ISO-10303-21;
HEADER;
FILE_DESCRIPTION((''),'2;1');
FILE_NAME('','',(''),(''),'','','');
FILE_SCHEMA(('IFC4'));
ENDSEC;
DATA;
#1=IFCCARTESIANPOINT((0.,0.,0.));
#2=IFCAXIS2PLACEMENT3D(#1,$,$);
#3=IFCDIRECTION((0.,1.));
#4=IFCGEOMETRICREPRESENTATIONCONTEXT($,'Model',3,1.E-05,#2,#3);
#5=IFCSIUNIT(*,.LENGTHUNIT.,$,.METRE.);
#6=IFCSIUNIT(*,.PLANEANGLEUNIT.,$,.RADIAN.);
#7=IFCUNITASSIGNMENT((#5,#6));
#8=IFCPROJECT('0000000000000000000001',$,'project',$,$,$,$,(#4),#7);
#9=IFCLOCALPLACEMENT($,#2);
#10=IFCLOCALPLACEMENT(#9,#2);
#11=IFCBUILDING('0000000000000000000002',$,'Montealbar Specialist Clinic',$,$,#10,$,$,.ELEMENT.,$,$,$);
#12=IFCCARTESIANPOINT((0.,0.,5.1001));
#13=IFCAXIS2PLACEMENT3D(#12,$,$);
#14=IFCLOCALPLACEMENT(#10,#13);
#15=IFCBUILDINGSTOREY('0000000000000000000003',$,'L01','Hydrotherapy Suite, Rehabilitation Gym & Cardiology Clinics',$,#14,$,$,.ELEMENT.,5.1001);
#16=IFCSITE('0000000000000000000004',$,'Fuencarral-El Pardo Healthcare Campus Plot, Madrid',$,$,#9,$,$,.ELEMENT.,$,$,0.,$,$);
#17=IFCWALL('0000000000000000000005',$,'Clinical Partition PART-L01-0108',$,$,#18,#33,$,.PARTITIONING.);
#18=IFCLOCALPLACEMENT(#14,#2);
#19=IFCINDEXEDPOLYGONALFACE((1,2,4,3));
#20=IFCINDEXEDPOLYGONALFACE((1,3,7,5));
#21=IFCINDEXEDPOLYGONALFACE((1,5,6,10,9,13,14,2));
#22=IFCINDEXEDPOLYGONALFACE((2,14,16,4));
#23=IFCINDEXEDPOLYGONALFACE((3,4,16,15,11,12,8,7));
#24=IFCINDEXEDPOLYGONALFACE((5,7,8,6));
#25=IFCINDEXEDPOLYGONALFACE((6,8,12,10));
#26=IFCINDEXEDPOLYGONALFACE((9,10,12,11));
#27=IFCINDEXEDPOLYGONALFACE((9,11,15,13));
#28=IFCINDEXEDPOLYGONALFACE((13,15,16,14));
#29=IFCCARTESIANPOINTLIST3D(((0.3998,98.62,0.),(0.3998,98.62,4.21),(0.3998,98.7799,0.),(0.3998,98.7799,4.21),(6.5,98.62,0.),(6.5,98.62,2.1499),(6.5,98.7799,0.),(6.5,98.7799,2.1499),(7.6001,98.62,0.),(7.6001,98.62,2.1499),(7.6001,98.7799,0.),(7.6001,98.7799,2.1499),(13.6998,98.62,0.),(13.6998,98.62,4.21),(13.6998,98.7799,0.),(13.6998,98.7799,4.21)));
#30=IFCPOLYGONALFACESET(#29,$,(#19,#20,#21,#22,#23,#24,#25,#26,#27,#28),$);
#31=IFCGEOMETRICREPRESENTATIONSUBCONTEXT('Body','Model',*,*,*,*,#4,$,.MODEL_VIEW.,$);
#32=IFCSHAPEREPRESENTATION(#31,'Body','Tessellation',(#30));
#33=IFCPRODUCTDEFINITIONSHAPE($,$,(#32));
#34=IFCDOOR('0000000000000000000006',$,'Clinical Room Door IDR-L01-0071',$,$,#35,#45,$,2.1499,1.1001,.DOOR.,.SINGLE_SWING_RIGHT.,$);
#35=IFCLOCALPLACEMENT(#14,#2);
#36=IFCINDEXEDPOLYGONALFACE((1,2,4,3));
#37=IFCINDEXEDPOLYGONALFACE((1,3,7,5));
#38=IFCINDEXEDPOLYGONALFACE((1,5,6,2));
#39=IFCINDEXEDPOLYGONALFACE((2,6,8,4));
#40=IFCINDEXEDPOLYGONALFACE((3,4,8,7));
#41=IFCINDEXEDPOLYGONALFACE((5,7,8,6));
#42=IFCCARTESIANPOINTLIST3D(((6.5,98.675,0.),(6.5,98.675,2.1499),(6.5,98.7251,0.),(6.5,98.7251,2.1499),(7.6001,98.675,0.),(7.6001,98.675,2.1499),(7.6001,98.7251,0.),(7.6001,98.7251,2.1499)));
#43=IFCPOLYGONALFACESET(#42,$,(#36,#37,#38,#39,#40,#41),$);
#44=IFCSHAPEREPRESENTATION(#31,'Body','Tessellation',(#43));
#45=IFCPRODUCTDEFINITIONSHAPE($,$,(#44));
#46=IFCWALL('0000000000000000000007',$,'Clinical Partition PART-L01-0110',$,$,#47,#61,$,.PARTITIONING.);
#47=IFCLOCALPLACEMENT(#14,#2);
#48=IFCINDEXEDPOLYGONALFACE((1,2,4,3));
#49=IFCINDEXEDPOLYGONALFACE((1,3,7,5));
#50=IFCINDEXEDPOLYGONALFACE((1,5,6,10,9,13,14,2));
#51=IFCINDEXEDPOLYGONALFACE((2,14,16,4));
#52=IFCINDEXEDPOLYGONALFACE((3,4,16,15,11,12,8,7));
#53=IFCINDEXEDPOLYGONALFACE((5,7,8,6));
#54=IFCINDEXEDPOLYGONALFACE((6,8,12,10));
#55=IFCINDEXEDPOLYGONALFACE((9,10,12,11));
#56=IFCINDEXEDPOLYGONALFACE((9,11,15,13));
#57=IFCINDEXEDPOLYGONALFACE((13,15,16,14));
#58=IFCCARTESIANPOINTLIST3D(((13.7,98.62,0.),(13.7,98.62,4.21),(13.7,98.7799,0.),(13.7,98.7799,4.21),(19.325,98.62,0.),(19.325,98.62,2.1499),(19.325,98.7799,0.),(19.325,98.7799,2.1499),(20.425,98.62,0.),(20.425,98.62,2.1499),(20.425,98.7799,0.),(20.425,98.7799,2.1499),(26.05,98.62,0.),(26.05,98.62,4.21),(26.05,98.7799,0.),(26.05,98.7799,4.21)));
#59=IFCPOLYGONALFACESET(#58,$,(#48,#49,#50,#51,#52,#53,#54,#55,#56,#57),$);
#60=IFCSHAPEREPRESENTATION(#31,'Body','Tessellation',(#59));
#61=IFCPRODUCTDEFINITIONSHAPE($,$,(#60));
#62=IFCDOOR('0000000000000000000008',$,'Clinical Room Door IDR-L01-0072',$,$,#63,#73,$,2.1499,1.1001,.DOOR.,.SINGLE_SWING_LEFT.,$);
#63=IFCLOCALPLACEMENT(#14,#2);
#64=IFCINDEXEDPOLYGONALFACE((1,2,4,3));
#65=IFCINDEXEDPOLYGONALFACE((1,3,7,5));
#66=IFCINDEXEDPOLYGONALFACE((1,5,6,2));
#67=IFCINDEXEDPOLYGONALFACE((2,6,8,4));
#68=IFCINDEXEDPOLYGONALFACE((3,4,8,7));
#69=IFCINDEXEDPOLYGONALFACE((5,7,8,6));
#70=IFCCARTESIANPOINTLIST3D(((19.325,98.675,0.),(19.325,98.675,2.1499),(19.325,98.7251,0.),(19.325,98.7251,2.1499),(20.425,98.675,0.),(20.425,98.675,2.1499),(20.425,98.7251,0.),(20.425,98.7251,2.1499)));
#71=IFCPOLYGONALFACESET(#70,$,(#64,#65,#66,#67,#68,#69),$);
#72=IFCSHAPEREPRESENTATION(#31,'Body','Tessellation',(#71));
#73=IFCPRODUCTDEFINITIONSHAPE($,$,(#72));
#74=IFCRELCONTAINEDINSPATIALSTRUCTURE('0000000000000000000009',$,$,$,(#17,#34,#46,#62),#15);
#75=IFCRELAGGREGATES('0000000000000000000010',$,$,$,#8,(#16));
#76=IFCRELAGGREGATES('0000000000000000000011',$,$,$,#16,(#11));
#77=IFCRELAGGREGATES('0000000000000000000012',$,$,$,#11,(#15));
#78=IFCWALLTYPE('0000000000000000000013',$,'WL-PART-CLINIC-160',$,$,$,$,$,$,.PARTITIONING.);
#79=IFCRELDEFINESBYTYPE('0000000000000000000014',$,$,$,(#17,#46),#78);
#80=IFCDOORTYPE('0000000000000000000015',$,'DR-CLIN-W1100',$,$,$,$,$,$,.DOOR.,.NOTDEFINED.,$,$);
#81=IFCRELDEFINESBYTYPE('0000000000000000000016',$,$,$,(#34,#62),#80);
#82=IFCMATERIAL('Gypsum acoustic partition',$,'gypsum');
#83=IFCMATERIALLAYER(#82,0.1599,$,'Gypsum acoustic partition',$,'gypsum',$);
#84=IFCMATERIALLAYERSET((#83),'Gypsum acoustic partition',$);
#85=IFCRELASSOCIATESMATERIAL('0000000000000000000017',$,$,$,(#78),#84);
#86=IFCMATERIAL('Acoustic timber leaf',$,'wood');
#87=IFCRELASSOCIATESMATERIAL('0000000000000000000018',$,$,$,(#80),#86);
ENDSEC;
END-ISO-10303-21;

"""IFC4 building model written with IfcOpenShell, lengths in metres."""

from ifc_helpers import new_model, si_unit, direction, frame, frame_2d, origin, place, context, subcontext, project, spatial, rectangle, extrude, material, layer, layer_set, type_object, element, fill, save


model = new_model("IFC4")

# Units and contexts
model_context = context("Model", 3, precision=1e-05, world=origin(), true_north=direction((0.0, 1.0)))
body_context = subcontext(model_context, "Body", "Model", "MODEL_VIEW")
ifc_project = project(units=[si_unit("LENGTHUNIT", "METRE"), si_unit("PLANEANGLEUNIT", "RADIAN")], contexts=[model_context])

# Site, building, storey
site_placement = place(None, origin())
site = spatial("IfcSite", under=ifc_project, at=site_placement, Name="Fuencarral-El Pardo Healthcare Campus Plot, Madrid", CompositionType="ELEMENT", RefElevation=0.0)
building_placement = place(site_placement, origin())
building = spatial("IfcBuilding", under=site, at=building_placement, Name="Montealbar Specialist Clinic", CompositionType="ELEMENT")
storey_placement = place(building_placement, frame((0.0, 0.0, 5.1001)))
storey = spatial("IfcBuildingStorey", under=building, at=storey_placement, Name="L01", Description="Hydrotherapy Suite, Rehabilitation Gym & Cardiology Clinics", CompositionType="ELEMENT", Elevation=5.1001)

# Shared definitions
ifc_material_1 = material(Name="Gypsum acoustic partition", Category="gypsum")

# Walls, openings, doors
ifc_layer_1 = layer(ifc_material_1, 0.1599, Name="Gypsum acoustic partition", Category="gypsum")
ifc_layer_set_1 = layer_set([ifc_layer_1], Name="Gypsum acoustic partition")
wall_type_1 = type_object("IfcWallType", Name="WL-PART-CLINIC-160", PredefinedType="PARTITIONING", material=ifc_layer_set_1)
ifc_material_2 = material(Name="Acoustic timber leaf", Category="wood")
wall_1_placement = place(storey_placement, frame((0.3999, 98.7, 0.0), z_axis=(0.0, 0.0, 1.0), x_axis=(1.0, 0.0, 0.0)))
wall_1 = element("IfcWall", 1, at=wall_1_placement, inside=storey, type_object=wall_type_1, Name="Clinical Partition PART-L01-0108", PredefinedType="PARTITIONING", context=body_context, shape_type="SweptSolid", body=[
    extrude(rectangle(XDim=13.3, YDim=0.1599, at=frame_2d((6.6499, 0.0))), origin(), (0.0, 0.0, 1.0), 4.21),
])
opening_1_placement = place(wall_1_placement, frame((6.1001, 0.0, 0.0)))
opening_1 = element("IfcOpeningElement", 2, at=opening_1_placement, cuts=wall_1, PredefinedType="OPENING", context=body_context, shape_type="SweptSolid", body=[
    extrude(rectangle(XDim=1.1001, YDim=2.1499, at=frame_2d((0.55, 1.075))), frame((0.0, 0.0898, 0.0), z_axis=(0.0, -1.0, 0.0), x_axis=(1.0, 0.0, 0.0)), (0.0, 0.0, 1.0), 0.1799),
])
door_type_1 = type_object("IfcDoorType", Name="DR-CLIN-W1100", OperationType="NOTDEFINED", PredefinedType="DOOR", material=ifc_material_2)
door_1_placement = place(opening_1_placement, frame((1.1001, 0.0, 0.0), z_axis=(0.0, 0.0, 1.0), x_axis=(-1.0, 0.0, 0.0)))
door_1 = element("IfcDoor", 3, at=door_1_placement, inside=storey, type_object=door_type_1, Name="Clinical Room Door IDR-L01-0071", OperationType="SINGLE_SWING_RIGHT", OverallHeight=2.1499, OverallWidth=1.1001, PredefinedType="DOOR", context=body_context, shape_type="SweptSolid", body=[
    extrude(rectangle(XDim=1.1001, YDim=2.1499, at=frame_2d((0.55, 1.075))), frame((0.0, 0.0249, 0.0), z_axis=(0.0, -1.0, 0.0), x_axis=(1.0, 0.0, 0.0)), (0.0, 0.0, 1.0), 0.05),
])
fill(opening_1, door_1)
wall_2_placement = place(storey_placement, frame((13.7, 98.7, 0.0), z_axis=(0.0, 0.0, 1.0), x_axis=(1.0, 0.0, 0.0)))
wall_2 = element("IfcWall", 4, at=wall_2_placement, inside=storey, type_object=wall_type_1, Name="Clinical Partition PART-L01-0110", PredefinedType="PARTITIONING", context=body_context, shape_type="SweptSolid", body=[
    extrude(rectangle(XDim=12.3501, YDim=0.1599, at=frame_2d((6.175, 0.0))), origin(), (0.0, 0.0, 1.0), 4.21),
])
opening_2_placement = place(wall_2_placement, frame((5.625, 0.0, 0.0)))
opening_2 = element("IfcOpeningElement", 5, at=opening_2_placement, cuts=wall_2, PredefinedType="OPENING", context=body_context, shape_type="SweptSolid", body=[
    extrude(rectangle(XDim=1.1001, YDim=2.1499, at=frame_2d((0.55, 1.075))), frame((0.0, 0.0898, 0.0), z_axis=(0.0, -1.0, 0.0), x_axis=(1.0, 0.0, 0.0)), (0.0, 0.0, 1.0), 0.1799),
])
door_2_placement = place(opening_2_placement, frame((1.1001, 0.0, 0.0), z_axis=(0.0, 0.0, 1.0), x_axis=(-1.0, 0.0, 0.0)))
door_2 = element("IfcDoor", 6, at=door_2_placement, inside=storey, type_object=door_type_1, Name="Clinical Room Door IDR-L01-0072", OperationType="SINGLE_SWING_LEFT", OverallHeight=2.1499, OverallWidth=1.1001, PredefinedType="DOOR", context=body_context, shape_type="SweptSolid", body=[
    extrude(rectangle(XDim=1.1001, YDim=2.1499, at=frame_2d((0.55, 1.075))), frame((0.0, 0.0249, 0.0), z_axis=(0.0, -1.0, 0.0), x_axis=(1.0, 0.0, 0.0)), (0.0, 0.0, 1.0), 0.05),
])
fill(opening_2, door_2)

save(model, "model.ifc")
